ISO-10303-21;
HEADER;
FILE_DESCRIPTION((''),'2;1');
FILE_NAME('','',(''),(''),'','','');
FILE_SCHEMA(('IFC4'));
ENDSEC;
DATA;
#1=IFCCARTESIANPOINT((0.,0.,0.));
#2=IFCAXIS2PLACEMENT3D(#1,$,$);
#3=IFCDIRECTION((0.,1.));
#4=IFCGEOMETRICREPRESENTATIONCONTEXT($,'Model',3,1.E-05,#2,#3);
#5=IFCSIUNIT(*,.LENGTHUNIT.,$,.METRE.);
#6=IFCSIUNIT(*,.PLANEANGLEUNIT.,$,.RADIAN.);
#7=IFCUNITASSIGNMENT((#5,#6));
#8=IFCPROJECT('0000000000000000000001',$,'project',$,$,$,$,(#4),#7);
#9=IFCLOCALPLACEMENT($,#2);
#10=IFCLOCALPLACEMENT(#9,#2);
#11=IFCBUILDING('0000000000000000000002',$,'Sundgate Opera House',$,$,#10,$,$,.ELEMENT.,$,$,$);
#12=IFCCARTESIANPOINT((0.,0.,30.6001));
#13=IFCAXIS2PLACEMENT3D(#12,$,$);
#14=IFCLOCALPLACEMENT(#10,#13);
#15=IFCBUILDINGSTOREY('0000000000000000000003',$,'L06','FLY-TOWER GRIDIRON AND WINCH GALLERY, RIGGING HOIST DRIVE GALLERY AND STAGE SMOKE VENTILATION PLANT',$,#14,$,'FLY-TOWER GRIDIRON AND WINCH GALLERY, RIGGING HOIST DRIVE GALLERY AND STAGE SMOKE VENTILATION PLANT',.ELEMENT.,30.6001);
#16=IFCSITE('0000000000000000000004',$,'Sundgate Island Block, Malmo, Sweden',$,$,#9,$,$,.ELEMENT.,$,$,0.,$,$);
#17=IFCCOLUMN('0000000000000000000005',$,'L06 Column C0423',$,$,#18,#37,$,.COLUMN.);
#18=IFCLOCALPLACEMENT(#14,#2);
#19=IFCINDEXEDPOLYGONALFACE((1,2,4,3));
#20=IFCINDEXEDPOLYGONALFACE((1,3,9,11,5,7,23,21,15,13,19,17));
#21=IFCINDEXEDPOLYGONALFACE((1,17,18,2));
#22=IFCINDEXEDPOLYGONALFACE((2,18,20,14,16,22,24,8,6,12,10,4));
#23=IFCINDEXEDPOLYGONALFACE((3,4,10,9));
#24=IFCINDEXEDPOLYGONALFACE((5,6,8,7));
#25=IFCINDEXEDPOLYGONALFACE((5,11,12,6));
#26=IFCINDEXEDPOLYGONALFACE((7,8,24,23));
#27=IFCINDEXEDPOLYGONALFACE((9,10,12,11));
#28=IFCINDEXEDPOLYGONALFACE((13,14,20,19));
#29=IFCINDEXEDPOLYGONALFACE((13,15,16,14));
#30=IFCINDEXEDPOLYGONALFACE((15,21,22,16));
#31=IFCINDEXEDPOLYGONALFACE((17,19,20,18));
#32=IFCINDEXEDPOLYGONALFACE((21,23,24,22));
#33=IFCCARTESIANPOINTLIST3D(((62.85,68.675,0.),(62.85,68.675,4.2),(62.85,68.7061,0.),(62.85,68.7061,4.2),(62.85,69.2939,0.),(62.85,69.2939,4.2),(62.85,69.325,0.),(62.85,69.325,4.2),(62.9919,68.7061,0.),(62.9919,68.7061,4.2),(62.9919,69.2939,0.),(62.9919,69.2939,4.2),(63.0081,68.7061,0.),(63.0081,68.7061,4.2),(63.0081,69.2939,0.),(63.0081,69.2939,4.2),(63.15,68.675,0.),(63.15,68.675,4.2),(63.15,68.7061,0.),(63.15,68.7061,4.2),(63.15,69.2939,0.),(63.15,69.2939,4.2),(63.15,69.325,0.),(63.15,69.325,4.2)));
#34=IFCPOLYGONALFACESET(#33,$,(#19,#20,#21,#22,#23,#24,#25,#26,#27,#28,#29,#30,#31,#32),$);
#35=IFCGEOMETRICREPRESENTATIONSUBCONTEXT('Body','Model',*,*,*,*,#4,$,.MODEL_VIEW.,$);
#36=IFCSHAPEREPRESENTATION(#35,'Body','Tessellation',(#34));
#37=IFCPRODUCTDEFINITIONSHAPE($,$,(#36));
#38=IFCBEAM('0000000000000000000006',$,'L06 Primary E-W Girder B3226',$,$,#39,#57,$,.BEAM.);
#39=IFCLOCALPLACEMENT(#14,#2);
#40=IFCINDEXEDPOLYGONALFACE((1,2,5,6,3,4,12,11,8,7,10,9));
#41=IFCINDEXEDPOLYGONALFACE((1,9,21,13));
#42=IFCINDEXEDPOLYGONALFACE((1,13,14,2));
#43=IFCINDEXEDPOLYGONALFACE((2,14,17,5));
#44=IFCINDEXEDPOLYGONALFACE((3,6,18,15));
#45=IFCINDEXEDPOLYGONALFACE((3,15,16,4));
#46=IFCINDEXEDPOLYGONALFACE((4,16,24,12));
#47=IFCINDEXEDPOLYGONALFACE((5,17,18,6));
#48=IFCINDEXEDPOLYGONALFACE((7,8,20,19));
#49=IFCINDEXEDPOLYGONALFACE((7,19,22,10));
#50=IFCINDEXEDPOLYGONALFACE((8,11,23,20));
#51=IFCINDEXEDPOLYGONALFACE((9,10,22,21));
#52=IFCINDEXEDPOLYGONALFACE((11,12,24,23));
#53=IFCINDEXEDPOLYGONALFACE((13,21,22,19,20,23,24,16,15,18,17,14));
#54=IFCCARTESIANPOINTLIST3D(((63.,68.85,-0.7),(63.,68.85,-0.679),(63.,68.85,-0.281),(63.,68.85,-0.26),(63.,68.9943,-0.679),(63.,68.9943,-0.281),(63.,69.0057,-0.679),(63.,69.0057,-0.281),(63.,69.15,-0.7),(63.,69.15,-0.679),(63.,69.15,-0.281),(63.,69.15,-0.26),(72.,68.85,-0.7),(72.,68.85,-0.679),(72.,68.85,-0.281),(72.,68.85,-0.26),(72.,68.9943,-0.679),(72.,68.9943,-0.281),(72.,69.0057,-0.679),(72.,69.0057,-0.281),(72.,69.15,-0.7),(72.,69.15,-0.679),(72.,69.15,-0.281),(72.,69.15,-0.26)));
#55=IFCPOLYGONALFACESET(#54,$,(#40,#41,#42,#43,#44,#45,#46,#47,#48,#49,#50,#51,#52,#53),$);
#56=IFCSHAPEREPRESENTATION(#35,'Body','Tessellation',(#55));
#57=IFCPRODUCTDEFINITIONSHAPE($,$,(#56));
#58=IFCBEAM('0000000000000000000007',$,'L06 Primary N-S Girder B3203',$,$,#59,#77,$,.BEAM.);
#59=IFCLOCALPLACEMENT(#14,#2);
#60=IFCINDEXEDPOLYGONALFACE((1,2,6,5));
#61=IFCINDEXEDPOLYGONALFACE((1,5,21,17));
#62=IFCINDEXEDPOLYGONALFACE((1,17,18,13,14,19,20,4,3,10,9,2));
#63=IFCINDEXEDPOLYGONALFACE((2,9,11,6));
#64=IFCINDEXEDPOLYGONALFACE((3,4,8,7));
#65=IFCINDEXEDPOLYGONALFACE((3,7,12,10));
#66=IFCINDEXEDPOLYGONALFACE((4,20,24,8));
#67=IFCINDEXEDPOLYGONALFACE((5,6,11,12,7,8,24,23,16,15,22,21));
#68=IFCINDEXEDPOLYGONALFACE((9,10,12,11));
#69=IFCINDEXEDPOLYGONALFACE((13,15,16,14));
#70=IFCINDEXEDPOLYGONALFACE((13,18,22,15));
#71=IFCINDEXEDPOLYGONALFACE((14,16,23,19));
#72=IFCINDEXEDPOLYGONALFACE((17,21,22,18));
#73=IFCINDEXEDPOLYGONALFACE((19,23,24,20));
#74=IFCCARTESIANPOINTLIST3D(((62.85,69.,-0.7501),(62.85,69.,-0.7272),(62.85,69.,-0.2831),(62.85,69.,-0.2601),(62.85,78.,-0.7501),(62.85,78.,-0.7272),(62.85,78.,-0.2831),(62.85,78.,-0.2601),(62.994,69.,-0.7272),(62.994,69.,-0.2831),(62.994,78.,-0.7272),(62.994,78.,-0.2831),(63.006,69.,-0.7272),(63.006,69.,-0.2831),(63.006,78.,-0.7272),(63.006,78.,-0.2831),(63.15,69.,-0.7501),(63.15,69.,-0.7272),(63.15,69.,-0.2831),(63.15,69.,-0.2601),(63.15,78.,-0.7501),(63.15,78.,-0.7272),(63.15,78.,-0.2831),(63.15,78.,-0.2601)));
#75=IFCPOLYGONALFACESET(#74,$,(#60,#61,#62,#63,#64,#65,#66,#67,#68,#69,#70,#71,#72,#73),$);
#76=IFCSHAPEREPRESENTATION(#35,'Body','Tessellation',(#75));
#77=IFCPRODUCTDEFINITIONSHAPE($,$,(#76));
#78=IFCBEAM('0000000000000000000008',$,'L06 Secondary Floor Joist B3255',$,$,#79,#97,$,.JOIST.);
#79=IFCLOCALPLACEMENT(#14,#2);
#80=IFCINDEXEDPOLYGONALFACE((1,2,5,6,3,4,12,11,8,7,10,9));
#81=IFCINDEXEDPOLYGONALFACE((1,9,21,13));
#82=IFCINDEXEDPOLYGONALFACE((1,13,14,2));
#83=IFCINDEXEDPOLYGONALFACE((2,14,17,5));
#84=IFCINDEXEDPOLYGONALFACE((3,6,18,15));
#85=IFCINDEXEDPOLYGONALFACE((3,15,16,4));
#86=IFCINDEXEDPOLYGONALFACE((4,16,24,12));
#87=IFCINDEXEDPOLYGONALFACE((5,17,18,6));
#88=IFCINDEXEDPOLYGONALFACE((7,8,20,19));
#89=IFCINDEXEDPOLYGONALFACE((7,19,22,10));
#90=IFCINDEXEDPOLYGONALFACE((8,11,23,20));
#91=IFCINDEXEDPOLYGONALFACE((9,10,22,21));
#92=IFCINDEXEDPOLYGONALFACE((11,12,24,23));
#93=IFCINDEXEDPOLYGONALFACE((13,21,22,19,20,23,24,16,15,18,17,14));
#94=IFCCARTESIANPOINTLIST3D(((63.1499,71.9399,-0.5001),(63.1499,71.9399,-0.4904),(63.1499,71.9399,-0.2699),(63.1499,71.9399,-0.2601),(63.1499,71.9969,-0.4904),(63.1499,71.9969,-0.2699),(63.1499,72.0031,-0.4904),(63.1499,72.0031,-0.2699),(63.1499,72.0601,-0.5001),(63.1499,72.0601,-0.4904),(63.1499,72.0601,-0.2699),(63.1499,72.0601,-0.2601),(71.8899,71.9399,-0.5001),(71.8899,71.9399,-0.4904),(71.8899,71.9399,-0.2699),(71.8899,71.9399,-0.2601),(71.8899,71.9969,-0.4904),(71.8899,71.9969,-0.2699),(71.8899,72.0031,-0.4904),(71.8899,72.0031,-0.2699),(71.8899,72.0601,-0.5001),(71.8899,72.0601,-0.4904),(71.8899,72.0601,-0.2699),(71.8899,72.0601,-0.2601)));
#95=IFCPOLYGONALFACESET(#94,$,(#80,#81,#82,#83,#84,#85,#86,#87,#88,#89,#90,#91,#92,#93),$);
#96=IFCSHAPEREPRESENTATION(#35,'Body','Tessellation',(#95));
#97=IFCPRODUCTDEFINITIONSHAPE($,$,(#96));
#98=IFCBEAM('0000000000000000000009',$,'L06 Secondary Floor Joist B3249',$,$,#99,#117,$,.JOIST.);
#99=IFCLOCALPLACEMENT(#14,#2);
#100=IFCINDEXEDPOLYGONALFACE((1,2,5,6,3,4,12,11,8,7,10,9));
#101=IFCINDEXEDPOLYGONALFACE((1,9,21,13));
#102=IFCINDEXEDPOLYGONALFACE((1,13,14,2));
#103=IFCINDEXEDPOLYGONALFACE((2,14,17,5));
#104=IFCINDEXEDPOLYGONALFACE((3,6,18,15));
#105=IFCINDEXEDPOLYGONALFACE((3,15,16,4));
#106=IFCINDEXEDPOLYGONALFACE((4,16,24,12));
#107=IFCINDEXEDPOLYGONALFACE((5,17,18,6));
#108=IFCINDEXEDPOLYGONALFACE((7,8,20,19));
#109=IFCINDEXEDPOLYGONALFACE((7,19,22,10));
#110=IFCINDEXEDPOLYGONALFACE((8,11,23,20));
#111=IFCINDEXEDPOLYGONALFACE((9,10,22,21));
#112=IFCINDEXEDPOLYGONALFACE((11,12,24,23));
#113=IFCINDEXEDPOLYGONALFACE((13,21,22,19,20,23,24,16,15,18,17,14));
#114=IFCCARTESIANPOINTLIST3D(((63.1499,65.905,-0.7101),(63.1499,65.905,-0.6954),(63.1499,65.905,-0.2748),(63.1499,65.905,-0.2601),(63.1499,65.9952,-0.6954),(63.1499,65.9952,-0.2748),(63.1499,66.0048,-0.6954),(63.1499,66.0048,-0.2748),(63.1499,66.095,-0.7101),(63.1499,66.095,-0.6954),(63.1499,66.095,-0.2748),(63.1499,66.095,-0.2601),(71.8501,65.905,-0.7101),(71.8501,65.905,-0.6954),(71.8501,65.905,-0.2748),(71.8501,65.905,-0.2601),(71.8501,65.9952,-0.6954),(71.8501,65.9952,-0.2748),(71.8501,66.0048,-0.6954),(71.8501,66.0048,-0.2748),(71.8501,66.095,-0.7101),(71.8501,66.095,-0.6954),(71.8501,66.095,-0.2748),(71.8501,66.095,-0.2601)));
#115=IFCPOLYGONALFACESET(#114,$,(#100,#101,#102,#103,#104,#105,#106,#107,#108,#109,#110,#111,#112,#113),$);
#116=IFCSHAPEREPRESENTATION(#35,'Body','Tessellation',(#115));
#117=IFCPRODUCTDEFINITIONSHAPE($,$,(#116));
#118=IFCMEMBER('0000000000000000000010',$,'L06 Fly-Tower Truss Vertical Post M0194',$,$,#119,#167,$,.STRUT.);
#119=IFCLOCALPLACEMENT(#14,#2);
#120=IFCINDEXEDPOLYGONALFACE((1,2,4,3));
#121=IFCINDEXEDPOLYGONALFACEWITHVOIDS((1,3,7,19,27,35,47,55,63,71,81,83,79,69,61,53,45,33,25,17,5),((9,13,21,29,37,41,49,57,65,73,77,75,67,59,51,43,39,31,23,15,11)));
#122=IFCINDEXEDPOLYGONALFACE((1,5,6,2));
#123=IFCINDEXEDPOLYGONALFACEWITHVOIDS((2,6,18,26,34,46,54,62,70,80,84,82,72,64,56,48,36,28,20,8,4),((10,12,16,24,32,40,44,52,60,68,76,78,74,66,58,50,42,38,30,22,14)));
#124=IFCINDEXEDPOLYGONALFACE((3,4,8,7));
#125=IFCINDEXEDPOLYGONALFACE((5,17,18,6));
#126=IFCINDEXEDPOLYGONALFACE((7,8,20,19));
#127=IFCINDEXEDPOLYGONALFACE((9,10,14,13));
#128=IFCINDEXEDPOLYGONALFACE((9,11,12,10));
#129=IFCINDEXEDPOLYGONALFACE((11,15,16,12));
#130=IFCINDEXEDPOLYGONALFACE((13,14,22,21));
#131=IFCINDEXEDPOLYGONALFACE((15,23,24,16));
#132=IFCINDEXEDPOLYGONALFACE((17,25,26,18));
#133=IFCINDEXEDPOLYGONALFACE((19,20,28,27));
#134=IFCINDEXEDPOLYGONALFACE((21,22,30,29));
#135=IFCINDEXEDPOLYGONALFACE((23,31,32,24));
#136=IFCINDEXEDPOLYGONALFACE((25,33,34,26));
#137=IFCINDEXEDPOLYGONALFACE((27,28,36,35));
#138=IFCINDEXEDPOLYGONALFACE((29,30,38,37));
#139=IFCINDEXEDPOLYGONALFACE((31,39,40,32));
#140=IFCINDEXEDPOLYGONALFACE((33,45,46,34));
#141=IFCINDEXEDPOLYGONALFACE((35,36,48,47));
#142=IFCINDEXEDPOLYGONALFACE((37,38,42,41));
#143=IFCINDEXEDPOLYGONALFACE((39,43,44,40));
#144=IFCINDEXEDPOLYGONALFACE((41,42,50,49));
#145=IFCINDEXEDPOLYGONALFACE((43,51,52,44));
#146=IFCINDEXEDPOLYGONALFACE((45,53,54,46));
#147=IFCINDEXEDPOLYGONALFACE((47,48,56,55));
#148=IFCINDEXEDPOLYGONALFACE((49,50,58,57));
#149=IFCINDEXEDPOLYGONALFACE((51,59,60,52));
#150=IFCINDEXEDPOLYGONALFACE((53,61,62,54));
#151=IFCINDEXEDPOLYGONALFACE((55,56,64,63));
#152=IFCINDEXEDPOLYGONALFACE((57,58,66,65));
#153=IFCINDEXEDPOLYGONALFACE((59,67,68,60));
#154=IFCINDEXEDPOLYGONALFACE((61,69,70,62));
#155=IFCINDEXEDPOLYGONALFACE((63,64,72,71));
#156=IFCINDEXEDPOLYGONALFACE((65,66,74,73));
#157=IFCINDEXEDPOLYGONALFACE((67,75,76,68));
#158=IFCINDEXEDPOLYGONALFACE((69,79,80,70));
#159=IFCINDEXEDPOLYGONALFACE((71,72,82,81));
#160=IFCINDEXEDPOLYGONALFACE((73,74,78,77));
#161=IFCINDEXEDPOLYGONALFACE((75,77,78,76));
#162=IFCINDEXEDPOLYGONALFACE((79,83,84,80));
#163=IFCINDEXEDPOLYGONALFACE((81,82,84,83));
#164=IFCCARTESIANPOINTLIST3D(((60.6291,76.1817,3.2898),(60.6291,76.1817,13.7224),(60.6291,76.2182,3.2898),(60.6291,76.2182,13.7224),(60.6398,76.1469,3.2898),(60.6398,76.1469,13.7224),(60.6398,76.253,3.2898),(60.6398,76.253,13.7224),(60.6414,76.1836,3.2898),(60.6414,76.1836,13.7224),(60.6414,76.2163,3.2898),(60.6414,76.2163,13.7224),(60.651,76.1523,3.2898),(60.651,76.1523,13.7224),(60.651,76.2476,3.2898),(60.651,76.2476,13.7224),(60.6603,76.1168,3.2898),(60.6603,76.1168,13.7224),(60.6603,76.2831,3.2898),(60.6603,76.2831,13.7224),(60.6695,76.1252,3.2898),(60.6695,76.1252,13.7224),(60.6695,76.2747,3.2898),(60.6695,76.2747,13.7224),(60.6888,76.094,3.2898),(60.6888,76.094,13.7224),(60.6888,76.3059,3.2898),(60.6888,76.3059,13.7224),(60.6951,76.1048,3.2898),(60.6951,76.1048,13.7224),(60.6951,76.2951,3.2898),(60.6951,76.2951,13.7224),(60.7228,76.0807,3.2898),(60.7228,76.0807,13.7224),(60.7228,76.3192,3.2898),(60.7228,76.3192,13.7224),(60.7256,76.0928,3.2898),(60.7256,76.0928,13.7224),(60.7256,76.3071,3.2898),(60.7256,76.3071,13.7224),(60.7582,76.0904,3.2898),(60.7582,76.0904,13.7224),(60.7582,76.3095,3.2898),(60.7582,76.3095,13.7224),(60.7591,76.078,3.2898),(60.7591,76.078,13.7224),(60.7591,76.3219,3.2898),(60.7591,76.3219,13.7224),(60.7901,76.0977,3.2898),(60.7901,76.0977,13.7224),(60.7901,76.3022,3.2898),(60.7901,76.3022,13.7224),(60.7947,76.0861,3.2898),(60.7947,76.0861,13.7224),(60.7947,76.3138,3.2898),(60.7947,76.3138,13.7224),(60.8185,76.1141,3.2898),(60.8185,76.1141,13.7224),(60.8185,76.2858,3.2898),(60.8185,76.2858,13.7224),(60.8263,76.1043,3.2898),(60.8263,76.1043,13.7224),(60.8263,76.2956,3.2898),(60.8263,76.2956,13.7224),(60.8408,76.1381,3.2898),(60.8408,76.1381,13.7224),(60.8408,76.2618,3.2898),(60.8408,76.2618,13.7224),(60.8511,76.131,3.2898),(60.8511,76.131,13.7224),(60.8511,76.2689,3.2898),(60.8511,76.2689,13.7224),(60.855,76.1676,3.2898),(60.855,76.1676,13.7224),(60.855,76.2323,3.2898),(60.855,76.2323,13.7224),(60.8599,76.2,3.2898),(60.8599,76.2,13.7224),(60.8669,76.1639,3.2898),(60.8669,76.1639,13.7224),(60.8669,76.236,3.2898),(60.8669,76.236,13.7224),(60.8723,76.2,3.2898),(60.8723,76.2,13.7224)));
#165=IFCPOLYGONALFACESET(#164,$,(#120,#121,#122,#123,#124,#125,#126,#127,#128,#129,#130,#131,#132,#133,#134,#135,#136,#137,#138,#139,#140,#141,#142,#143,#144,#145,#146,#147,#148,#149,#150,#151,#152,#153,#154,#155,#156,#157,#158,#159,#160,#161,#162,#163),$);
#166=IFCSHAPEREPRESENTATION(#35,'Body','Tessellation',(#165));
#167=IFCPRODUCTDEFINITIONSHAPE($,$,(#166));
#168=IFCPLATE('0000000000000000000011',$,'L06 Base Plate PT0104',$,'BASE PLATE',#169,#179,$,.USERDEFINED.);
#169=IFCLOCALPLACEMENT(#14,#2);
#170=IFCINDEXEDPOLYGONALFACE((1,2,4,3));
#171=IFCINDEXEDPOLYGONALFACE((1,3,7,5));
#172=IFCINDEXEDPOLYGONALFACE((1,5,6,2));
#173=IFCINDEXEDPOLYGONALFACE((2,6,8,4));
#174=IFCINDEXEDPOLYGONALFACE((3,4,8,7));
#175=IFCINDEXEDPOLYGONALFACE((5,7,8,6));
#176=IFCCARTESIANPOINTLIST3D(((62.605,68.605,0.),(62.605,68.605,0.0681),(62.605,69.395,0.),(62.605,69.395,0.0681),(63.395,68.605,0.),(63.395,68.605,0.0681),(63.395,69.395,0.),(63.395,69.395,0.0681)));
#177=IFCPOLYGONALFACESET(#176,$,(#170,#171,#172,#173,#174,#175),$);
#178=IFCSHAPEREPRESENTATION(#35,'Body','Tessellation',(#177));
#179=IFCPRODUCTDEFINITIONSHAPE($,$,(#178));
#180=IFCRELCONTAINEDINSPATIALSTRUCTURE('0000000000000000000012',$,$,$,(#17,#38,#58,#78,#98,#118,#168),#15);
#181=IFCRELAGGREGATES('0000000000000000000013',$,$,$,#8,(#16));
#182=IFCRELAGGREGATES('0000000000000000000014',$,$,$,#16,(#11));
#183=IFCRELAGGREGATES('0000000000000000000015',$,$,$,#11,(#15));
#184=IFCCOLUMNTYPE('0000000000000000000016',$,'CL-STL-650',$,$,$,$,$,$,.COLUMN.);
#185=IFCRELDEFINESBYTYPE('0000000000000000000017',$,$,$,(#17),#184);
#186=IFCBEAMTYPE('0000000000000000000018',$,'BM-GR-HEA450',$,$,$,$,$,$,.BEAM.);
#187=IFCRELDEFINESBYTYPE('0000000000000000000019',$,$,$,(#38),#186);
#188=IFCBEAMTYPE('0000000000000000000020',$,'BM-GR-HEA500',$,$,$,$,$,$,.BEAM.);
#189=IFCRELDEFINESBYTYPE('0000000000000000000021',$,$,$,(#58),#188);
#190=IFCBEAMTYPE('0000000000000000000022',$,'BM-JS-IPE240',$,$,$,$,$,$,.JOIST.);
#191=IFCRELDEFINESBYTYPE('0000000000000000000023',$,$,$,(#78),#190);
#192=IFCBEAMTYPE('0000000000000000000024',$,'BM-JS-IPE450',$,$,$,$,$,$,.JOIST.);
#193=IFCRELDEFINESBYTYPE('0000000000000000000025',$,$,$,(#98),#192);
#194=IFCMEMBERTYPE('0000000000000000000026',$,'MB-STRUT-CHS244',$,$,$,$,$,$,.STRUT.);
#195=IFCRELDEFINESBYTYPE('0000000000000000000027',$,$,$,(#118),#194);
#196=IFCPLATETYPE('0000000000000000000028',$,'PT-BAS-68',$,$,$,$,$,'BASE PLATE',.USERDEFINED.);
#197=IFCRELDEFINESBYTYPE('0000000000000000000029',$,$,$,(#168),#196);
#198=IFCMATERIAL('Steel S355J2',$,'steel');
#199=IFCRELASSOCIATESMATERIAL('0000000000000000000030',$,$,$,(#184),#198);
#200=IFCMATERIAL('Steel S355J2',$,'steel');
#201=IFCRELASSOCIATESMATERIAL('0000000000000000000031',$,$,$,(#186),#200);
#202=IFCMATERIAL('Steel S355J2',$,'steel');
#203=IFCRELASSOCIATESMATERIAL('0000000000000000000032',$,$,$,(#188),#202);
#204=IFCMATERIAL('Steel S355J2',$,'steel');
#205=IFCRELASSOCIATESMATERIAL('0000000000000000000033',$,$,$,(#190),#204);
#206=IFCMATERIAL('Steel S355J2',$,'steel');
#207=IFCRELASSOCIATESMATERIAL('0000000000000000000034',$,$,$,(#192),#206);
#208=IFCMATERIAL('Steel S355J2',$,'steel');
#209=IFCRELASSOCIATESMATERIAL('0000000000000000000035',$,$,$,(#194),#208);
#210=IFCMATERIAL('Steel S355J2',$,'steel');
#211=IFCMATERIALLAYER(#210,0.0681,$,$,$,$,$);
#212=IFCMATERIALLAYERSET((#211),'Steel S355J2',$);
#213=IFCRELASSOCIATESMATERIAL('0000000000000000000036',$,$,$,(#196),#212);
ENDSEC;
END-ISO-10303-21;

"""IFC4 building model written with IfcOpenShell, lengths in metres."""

from ifc_helpers import new_model, si_unit, direction, frame, origin, origin_2d, place, context, subcontext, project, spatial, rectangle, hollow_circle, i_section, extrude, material, layer, layer_set, material_profile, profile_set, type_object, element, save


model = new_model("IFC4")

# Units and contexts
model_context = context("Model", 3, precision=1e-05, world=origin(), true_north=direction((0.0, 1.0)))
body_context = subcontext(model_context, "Body", "Model", "MODEL_VIEW")
ifc_project = project(units=[si_unit("LENGTHUNIT", "METRE"), si_unit("PLANEANGLEUNIT", "RADIAN")], contexts=[model_context])

# Site, building, storey
site_placement = place(None, origin())
site = spatial("IfcSite", under=ifc_project, at=site_placement, Name="Sundgate Island Block, Malmo, Sweden", CompositionType="ELEMENT", RefElevation=0.0)
building_placement = place(site_placement, origin())
building = spatial("IfcBuilding", under=site, at=building_placement, Name="Sundgate Opera House", CompositionType="ELEMENT")
storey_placement = place(building_placement, frame((0.0, 0.0, 30.6001)))
storey = spatial("IfcBuildingStorey", under=building, at=storey_placement, Name="L06", Description="FLY-TOWER GRIDIRON AND WINCH GALLERY, RIGGING HOIST DRIVE GALLERY AND STAGE SMOKE VENTILATION PLANT", LongName="FLY-TOWER GRIDIRON AND WINCH GALLERY, RIGGING HOIST DRIVE GALLERY AND STAGE SMOKE VENTILATION PLANT", CompositionType="ELEMENT", Elevation=30.6001)

# Column
ifc_material_1 = material(Name="Steel S355J2", Category="steel")
ifc_material_profile_1 = material_profile(ifc_material_1, i_section(OverallWidth=0.3, OverallDepth=0.6499, WebThickness=0.0161, FlangeThickness=0.031, at=origin_2d()), Name="HEB 650")
ifc_profile_set_1 = profile_set([ifc_material_profile_1], Name="Steel S355J2")
column_type = type_object("IfcColumnType", Name="CL-STL-650", PredefinedType="COLUMN", material=ifc_profile_set_1)
column_placement = place(storey_placement, frame((63.0, 69.0, 0.0), z_axis=(0.0, 0.0, 1.0), x_axis=(1.0, 0.0, 0.0)))
element("IfcColumn", 1, at=column_placement, inside=storey, type_object=column_type, Name="L06 Column C0423", PredefinedType="COLUMN", context=body_context, shape_type="SweptSolid", body=[
    extrude(i_section(OverallWidth=0.3, OverallDepth=0.6499, WebThickness=0.0161, FlangeThickness=0.031, at=origin_2d()), origin(), (0.0, 0.0, 1.0), 4.2),
])

# Beams
ifc_material_2 = material(Name="Steel S355J2", Category="steel")
ifc_material_profile_2 = material_profile(ifc_material_2, i_section(OverallWidth=0.3, OverallDepth=0.4399, WebThickness=0.0115, FlangeThickness=0.021, at=origin_2d()), Name="HEA 450")
ifc_profile_set_2 = profile_set([ifc_material_profile_2], Name="Steel S355J2")
beam_type_1 = type_object("IfcBeamType", Name="BM-GR-HEA450", PredefinedType="BEAM", material=ifc_profile_set_2)
beam_1_placement = place(storey_placement, frame((63.0, 69.0, -0.48), z_axis=(1.0, 0.0, 0.0), x_axis=(0.0, 1.0, 0.0)))
element("IfcBeam", 2, at=beam_1_placement, inside=storey, type_object=beam_type_1, Name="L06 Primary E-W Girder B3226", PredefinedType="BEAM", context=body_context, shape_type="SweptSolid", body=[
    extrude(i_section(OverallWidth=0.3, OverallDepth=0.4399, WebThickness=0.0115, FlangeThickness=0.021, at=origin_2d()), origin(), (0.0, 0.0, 1.0), 9.0),
])
ifc_material_3 = material(Name="Steel S355J2", Category="steel")
ifc_material_profile_3 = material_profile(ifc_material_3, i_section(OverallWidth=0.3, OverallDepth=0.49, WebThickness=0.012, FlangeThickness=0.0229, at=origin_2d()), Name="HEA 500")
ifc_profile_set_3 = profile_set([ifc_material_profile_3], Name="Steel S355J2")
beam_type_2 = type_object("IfcBeamType", Name="BM-GR-HEA500", PredefinedType="BEAM", material=ifc_profile_set_3)
beam_2_placement = place(storey_placement, frame((63.0, 69.0, -0.5051), z_axis=(0.0, 1.0, 0.0), x_axis=(-1.0, 0.0, 0.0)))
element("IfcBeam", 3, at=beam_2_placement, inside=storey, type_object=beam_type_2, Name="L06 Primary N-S Girder B3203", PredefinedType="BEAM", context=body_context, shape_type="SweptSolid", body=[
    extrude(i_section(OverallWidth=0.3, OverallDepth=0.49, WebThickness=0.012, FlangeThickness=0.0229, at=origin_2d()), origin(), (0.0, 0.0, 1.0), 9.0),
])
ifc_material_4 = material(Name="Steel S355J2", Category="steel")
ifc_material_profile_4 = material_profile(ifc_material_4, i_section(OverallWidth=0.1201, OverallDepth=0.24, WebThickness=0.0061, FlangeThickness=0.0098, at=origin_2d()), Name="IPE 240")
ifc_profile_set_4 = profile_set([ifc_material_profile_4], Name="Steel S355J2")
beam_type_3 = type_object("IfcBeamType", Name="BM-JS-IPE240", PredefinedType="JOIST", material=ifc_profile_set_4)
beam_3_placement = place(storey_placement, frame((63.1499, 72.0, -0.3801), z_axis=(1.0, 0.0, 0.0), x_axis=(0.0, 1.0, 0.0)))
element("IfcBeam", 4, at=beam_3_placement, inside=storey, type_object=beam_type_3, Name="L06 Secondary Floor Joist B3255", PredefinedType="JOIST", context=body_context, shape_type="SweptSolid", body=[
    extrude(i_section(OverallWidth=0.1201, OverallDepth=0.24, WebThickness=0.0061, FlangeThickness=0.0098, at=origin_2d()), origin(), (0.0, 0.0, 1.0), 8.74),
])
ifc_material_5 = material(Name="Steel S355J2", Category="steel")
ifc_material_profile_5 = material_profile(ifc_material_5, i_section(OverallWidth=0.1899, OverallDepth=0.45, WebThickness=0.0095, FlangeThickness=0.0146, at=origin_2d()), Name="IPE 450")
ifc_profile_set_5 = profile_set([ifc_material_profile_5], Name="Steel S355J2")
beam_type_4 = type_object("IfcBeamType", Name="BM-JS-IPE450", PredefinedType="JOIST", material=ifc_profile_set_5)
beam_4_placement = place(storey_placement, frame((63.1499, 66.0, -0.4851), z_axis=(1.0, 0.0, 0.0), x_axis=(0.0, 1.0, 0.0)))
element("IfcBeam", 5, at=beam_4_placement, inside=storey, type_object=beam_type_4, Name="L06 Secondary Floor Joist B3249", PredefinedType="JOIST", context=body_context, shape_type="SweptSolid", body=[
    extrude(i_section(OverallWidth=0.1899, OverallDepth=0.45, WebThickness=0.0095, FlangeThickness=0.0146, at=origin_2d()), origin(), (0.0, 0.0, 1.0), 8.7002),
])

# Member
ifc_material_6 = material(Name="Steel S355J2", Category="steel")
ifc_material_profile_6 = material_profile(ifc_material_6, hollow_circle(Radius=0.1223, WallThickness=0.0125, at=origin_2d()), Name="CHS 244.5x12.5")
ifc_profile_set_6 = profile_set([ifc_material_profile_6], Name="Steel S355J2")
member_type = type_object("IfcMemberType", Name="MB-STRUT-CHS244", PredefinedType="STRUT", material=ifc_profile_set_6)
member_placement = place(storey_placement, frame((60.75, 76.2, 3.2898), z_axis=(0.0, 0.0, 1.0), x_axis=(1.0, 0.0, 0.0)))
element("IfcMember", 6, at=member_placement, inside=storey, type_object=member_type, Name="L06 Fly-Tower Truss Vertical Post M0194", PredefinedType="STRUT", context=body_context, shape_type="SweptSolid", body=[
    extrude(hollow_circle(Radius=0.1223, WallThickness=0.0125, at=origin_2d()), origin(), (0.0, 0.0, 1.0), 10.4326),
])

# Plate
ifc_material_7 = material(Name="Steel S355J2", Category="steel")
ifc_layer_1 = layer(ifc_material_7, 0.0681)
ifc_layer_set_1 = layer_set([ifc_layer_1], Name="Steel S355J2")
plate_type_1 = type_object("IfcPlateType", Name="PT-BAS-68", ElementType="BASE PLATE", PredefinedType="USERDEFINED", material=ifc_layer_set_1)
plate_1_placement = place(storey_placement, frame((63.0, 69.0, 0.0), z_axis=(0.0, 0.0, 1.0), x_axis=(1.0, 0.0, 0.0)))
element("IfcPlate", 7, at=plate_1_placement, inside=storey, type_object=plate_type_1, Name="L06 Base Plate PT0104", ObjectType="BASE PLATE", PredefinedType="USERDEFINED", context=body_context, shape_type="SweptSolid", body=[
    extrude(rectangle(XDim=0.79, YDim=0.79, at=origin_2d()), origin(), (0.0, 0.0, 1.0), 0.0681),
])

save(model, "model.ifc")
